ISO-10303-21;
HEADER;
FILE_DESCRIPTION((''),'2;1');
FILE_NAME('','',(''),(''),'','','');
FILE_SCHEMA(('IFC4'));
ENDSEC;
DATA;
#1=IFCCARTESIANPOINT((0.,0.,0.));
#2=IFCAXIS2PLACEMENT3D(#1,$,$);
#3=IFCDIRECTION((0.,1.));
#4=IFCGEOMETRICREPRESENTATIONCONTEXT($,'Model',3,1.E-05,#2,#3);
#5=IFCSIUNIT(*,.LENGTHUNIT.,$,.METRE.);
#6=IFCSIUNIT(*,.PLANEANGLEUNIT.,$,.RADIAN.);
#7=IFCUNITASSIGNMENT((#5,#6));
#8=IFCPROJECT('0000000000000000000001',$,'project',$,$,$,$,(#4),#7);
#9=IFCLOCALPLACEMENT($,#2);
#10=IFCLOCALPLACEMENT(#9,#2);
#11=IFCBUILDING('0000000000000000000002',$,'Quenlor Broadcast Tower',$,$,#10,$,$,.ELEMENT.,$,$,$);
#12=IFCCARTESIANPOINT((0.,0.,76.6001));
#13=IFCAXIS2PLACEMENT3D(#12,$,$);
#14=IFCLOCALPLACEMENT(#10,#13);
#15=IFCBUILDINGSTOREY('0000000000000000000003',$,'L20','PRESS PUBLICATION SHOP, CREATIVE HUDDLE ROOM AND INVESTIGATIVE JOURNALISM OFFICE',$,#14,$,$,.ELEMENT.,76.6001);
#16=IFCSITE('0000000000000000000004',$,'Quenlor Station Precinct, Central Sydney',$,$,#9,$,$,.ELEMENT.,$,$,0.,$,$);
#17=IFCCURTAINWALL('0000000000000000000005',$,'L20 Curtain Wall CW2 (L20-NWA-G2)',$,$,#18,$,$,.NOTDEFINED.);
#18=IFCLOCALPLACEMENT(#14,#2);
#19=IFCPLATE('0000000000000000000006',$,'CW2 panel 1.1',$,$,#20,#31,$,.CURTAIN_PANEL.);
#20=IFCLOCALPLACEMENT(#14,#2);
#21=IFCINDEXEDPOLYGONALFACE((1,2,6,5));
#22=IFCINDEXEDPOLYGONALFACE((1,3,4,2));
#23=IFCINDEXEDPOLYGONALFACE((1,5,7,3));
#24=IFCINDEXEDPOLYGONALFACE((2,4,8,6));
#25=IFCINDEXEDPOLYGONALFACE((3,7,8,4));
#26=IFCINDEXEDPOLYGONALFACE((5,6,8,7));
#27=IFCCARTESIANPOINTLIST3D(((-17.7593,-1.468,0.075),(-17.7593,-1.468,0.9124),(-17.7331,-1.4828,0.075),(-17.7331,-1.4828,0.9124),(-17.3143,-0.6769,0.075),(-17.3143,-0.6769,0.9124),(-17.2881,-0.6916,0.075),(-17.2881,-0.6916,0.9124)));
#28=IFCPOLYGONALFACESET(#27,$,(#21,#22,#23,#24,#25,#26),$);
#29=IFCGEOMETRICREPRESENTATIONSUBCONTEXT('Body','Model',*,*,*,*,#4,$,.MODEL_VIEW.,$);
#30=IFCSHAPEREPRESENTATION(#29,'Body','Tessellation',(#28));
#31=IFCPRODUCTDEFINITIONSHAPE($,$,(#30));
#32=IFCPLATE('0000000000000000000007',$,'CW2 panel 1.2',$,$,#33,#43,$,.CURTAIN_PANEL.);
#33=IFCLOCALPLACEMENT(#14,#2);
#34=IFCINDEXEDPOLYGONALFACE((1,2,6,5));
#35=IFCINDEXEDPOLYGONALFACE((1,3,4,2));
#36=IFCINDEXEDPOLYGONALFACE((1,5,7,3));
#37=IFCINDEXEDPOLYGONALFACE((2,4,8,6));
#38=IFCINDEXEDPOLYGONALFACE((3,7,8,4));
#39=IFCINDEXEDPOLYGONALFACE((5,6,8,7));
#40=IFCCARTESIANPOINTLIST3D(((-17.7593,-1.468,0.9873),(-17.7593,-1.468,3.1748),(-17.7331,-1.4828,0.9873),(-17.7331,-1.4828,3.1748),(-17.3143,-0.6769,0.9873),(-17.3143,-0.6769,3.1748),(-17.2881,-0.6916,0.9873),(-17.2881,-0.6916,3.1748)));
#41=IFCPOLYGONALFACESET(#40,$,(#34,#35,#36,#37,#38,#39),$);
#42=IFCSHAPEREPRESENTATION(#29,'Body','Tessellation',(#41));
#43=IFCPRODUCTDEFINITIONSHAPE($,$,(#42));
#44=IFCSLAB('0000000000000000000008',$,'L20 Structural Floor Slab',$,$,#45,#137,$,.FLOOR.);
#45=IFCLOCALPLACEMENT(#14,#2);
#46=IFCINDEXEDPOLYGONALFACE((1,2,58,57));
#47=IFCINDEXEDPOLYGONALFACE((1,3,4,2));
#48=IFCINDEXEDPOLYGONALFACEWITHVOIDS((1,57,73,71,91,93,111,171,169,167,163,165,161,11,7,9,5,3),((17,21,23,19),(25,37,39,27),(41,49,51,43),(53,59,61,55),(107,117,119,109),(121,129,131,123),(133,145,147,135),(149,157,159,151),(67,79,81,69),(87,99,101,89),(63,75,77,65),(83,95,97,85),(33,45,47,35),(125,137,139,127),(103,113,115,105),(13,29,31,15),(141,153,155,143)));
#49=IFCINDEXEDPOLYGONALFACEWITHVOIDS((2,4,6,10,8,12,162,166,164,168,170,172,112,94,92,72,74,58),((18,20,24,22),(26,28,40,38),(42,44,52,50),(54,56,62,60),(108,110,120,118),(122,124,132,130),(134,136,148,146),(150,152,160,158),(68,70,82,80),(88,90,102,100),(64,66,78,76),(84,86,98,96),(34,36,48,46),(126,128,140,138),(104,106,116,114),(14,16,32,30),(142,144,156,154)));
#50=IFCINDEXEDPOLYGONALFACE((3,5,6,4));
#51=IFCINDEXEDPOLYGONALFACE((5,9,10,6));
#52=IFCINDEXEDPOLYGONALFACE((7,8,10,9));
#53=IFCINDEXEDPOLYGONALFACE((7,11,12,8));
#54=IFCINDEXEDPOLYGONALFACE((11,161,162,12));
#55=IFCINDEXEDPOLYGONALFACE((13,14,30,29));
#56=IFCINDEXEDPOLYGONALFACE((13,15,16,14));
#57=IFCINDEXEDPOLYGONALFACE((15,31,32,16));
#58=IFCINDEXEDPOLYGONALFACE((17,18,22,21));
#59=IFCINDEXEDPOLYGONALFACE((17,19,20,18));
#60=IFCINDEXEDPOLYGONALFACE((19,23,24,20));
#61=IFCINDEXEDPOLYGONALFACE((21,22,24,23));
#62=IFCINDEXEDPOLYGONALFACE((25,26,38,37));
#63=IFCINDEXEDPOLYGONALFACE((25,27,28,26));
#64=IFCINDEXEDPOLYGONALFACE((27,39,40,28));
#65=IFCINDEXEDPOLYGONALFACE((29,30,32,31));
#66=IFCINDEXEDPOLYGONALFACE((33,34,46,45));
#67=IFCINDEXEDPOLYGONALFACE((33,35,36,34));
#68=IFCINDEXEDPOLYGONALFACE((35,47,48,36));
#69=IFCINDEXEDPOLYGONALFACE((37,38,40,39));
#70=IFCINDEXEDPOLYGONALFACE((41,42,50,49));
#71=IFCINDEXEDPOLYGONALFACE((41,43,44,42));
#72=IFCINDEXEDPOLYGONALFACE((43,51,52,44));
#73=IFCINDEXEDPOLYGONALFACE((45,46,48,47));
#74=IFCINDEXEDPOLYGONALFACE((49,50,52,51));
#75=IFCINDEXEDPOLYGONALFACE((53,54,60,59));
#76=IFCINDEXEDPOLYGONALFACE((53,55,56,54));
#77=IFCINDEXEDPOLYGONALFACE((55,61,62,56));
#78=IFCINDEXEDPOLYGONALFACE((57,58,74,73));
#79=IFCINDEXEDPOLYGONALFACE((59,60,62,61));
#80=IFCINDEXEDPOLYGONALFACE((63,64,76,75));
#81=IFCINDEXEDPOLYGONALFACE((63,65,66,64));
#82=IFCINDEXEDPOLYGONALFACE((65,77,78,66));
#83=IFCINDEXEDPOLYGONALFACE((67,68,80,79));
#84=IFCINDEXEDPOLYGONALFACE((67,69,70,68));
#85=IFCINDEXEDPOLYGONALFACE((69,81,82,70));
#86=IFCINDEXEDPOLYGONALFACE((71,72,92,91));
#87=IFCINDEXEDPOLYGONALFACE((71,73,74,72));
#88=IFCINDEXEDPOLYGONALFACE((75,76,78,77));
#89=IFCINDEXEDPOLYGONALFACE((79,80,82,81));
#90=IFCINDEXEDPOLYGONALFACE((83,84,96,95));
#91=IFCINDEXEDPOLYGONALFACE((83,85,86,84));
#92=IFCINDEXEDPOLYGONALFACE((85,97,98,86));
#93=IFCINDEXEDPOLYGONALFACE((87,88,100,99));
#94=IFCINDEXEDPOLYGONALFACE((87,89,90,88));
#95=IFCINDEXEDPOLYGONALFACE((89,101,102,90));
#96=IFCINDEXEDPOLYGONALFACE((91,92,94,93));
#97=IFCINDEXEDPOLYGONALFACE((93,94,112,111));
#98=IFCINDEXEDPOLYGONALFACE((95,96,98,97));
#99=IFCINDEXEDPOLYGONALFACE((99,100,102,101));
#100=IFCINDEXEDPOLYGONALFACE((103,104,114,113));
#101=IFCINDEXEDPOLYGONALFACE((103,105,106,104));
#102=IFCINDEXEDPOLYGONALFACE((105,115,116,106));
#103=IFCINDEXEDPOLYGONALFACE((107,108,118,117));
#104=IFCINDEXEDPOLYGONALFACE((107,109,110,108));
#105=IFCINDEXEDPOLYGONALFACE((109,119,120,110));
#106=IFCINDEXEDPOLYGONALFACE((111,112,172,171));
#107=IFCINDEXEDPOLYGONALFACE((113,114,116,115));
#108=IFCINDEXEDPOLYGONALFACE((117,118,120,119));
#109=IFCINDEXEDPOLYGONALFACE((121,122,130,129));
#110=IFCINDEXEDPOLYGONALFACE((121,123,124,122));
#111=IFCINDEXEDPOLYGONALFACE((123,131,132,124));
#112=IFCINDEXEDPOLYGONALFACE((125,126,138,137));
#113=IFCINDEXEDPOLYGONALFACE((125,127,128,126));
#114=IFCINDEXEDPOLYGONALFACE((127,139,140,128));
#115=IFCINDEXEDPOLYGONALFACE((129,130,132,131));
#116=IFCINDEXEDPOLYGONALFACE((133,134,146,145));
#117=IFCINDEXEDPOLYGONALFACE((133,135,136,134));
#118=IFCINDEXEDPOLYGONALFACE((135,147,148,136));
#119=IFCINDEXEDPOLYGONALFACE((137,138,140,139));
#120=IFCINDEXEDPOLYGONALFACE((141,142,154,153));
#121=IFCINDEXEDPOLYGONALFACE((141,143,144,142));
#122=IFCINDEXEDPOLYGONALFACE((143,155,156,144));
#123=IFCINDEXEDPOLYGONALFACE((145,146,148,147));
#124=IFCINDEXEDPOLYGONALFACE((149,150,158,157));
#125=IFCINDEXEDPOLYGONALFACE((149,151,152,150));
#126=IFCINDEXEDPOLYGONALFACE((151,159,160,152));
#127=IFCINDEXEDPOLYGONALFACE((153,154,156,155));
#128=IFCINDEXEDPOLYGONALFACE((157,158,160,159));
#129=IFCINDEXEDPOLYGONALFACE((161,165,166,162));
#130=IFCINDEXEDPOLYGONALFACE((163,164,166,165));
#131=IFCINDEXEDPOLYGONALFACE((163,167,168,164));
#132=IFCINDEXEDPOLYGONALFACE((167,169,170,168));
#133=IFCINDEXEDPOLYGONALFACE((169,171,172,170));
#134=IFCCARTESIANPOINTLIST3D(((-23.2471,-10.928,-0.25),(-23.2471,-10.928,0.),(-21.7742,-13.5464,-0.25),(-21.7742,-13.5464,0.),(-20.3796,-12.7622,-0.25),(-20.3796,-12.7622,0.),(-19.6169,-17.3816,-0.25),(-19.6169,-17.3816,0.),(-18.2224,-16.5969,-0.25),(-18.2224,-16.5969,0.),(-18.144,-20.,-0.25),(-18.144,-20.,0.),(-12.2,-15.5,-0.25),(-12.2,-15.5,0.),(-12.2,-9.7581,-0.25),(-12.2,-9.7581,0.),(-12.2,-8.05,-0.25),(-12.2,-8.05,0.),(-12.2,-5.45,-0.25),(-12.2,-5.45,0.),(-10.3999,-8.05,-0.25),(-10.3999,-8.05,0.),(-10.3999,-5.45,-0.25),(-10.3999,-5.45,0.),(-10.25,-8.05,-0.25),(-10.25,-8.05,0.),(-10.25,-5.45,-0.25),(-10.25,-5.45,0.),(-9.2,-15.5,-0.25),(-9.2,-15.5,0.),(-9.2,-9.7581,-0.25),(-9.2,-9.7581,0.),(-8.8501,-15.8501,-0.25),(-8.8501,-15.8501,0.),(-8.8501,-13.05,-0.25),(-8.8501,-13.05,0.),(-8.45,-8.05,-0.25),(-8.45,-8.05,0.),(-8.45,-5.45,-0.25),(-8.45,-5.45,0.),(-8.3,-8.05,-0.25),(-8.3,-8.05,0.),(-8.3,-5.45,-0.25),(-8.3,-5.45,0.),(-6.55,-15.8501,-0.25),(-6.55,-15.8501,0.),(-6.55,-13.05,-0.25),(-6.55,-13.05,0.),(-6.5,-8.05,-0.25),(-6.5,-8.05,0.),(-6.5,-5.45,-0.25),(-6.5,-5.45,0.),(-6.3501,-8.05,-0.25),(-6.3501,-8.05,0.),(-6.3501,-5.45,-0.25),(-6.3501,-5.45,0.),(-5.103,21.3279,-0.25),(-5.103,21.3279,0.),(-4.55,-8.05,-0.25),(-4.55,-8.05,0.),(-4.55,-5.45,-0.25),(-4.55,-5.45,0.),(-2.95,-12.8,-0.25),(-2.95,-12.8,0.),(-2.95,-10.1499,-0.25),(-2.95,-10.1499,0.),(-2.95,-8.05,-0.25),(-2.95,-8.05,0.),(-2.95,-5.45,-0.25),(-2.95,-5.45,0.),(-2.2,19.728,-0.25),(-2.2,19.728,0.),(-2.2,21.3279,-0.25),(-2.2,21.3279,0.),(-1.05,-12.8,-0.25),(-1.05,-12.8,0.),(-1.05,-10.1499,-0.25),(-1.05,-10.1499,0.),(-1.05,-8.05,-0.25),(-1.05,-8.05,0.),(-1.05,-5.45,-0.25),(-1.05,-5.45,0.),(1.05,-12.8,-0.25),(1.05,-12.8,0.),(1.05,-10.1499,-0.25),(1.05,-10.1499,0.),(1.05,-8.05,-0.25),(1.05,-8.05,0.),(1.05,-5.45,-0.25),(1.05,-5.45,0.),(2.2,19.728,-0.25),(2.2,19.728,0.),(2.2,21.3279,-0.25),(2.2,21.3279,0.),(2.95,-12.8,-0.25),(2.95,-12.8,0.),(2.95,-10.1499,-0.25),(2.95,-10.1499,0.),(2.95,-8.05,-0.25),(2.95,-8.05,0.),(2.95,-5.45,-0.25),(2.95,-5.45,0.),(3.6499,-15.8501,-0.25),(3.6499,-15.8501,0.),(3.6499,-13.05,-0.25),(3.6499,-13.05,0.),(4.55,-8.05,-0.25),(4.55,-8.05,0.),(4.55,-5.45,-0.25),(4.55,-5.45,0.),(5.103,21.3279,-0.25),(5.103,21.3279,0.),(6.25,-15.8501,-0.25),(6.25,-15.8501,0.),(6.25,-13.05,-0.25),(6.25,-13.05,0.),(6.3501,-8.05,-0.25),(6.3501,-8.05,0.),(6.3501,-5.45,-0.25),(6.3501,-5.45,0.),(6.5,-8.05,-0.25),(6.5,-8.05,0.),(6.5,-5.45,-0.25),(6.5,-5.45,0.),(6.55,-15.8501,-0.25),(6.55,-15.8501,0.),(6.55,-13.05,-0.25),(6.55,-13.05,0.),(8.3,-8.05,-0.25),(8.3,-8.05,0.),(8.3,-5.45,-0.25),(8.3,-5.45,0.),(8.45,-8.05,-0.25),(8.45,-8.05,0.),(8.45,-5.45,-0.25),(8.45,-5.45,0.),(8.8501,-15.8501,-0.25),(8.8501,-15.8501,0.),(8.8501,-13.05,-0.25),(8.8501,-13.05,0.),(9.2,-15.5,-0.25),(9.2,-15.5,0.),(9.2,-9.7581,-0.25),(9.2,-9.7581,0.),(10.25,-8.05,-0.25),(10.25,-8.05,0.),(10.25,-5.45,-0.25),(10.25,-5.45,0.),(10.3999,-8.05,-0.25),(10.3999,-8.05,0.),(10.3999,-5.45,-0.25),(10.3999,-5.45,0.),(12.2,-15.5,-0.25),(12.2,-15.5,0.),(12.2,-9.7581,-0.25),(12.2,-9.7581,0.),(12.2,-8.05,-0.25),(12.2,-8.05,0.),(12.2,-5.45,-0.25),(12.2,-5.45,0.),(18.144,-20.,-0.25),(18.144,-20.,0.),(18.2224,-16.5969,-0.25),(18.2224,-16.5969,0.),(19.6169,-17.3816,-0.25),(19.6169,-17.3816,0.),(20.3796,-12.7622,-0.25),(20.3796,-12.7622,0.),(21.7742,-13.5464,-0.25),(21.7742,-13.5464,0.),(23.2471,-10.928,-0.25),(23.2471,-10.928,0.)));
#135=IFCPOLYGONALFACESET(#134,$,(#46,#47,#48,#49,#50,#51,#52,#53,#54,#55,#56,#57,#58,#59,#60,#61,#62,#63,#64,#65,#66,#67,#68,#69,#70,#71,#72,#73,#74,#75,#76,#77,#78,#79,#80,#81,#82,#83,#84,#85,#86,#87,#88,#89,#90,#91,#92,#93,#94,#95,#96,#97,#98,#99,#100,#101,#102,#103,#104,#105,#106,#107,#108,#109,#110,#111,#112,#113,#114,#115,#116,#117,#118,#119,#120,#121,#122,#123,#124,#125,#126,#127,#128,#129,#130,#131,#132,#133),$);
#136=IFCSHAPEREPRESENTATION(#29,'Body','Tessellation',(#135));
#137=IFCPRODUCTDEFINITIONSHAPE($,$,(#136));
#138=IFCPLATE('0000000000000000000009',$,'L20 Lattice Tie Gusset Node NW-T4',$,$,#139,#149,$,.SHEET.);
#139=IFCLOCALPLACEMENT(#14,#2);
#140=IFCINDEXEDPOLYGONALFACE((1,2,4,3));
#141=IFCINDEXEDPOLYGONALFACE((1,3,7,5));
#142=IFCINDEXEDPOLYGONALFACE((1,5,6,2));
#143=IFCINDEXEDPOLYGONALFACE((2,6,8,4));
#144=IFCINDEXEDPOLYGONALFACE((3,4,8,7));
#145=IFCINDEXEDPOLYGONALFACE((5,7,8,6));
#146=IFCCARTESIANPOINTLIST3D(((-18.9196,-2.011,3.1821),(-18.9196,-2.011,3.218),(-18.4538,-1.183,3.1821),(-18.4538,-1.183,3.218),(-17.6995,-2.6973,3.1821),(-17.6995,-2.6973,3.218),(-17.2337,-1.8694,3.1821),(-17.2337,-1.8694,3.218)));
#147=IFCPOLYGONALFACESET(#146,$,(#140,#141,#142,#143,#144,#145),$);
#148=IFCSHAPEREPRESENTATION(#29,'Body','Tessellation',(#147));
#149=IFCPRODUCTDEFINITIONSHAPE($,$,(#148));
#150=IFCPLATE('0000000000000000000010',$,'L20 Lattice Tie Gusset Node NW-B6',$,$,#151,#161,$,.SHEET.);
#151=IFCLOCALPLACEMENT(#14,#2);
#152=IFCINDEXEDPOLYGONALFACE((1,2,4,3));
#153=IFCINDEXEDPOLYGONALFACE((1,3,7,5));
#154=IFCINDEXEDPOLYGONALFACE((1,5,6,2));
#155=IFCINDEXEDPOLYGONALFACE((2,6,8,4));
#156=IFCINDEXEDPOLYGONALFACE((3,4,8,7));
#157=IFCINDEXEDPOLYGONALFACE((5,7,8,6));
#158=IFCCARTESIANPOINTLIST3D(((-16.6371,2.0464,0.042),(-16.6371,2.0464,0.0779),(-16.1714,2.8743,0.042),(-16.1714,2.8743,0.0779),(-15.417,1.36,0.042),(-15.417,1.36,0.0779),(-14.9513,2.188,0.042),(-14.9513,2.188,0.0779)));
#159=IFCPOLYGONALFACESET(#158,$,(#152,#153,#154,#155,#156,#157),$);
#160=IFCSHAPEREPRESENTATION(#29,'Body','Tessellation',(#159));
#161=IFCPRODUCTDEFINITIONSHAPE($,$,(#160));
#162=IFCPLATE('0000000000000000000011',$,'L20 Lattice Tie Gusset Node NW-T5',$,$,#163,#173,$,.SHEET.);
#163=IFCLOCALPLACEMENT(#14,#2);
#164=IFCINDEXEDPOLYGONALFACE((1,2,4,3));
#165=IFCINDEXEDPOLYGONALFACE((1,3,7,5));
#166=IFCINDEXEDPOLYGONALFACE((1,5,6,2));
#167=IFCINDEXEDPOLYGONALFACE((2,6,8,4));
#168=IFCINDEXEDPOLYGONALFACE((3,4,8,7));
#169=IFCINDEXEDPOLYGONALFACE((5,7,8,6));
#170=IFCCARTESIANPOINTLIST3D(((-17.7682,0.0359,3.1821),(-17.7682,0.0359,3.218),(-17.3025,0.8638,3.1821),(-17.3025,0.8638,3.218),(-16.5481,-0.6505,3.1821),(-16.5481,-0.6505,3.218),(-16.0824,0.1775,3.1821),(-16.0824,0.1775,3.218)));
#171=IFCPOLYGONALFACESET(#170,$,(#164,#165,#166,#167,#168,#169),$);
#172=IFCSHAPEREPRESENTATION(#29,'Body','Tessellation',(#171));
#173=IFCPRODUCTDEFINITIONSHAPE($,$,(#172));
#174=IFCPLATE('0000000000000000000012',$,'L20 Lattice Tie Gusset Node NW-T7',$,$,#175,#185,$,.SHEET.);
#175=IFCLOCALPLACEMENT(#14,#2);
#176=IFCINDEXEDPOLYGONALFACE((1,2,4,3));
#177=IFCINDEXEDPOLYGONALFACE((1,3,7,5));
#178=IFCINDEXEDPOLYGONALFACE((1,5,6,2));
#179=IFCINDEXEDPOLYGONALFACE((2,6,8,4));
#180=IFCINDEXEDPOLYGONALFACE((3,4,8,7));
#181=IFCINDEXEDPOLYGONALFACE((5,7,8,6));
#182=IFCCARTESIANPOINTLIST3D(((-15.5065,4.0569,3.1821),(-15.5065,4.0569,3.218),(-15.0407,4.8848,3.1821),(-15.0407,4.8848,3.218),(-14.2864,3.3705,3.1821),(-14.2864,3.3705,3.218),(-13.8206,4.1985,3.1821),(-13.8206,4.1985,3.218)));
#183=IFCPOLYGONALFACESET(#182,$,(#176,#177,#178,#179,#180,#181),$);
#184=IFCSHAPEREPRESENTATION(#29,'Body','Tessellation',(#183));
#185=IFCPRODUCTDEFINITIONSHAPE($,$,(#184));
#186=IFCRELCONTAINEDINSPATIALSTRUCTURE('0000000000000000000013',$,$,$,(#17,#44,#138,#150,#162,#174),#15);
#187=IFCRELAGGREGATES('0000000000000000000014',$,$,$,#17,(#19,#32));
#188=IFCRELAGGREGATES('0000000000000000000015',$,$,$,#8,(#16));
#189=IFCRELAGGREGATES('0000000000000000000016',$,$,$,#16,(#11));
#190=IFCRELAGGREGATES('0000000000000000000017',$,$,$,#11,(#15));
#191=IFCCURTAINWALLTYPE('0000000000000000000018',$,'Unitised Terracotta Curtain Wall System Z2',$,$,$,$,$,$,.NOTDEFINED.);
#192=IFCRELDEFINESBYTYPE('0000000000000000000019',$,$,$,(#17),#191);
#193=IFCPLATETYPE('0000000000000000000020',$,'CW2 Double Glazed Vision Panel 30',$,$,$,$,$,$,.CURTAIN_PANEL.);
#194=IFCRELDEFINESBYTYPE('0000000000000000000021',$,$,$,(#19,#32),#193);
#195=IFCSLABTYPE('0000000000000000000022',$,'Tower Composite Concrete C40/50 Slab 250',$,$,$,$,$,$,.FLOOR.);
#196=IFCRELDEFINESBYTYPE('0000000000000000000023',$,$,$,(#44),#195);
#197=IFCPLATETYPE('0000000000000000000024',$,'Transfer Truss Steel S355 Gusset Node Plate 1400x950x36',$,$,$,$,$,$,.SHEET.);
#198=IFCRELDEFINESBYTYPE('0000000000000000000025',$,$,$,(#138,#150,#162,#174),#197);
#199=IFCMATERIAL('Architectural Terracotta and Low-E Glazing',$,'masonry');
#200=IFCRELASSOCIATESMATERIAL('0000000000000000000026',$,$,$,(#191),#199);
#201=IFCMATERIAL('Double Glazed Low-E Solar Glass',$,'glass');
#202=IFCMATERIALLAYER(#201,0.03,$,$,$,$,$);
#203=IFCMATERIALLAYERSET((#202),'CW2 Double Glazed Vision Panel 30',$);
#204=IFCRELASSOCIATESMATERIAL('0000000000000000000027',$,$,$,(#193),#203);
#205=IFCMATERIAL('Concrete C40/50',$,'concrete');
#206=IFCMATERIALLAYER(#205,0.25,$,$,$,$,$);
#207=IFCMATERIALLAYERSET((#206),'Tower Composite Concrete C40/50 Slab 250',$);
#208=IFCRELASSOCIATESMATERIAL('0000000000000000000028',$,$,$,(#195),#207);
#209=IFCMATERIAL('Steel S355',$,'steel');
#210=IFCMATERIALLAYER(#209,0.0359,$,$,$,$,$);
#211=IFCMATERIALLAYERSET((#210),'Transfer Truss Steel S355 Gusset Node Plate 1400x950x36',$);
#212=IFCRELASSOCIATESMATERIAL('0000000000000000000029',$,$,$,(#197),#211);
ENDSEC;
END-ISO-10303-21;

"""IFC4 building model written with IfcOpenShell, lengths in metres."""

from ifc_helpers import new_model, si_unit, direction, frame, origin, origin_2d, place, context, subcontext, project, spatial, polyline, rectangle, outline, extrude, material, layer, layer_set, type_object, element, aggregate, save


model = new_model("IFC4")

# Units and contexts
model_context = context("Model", 3, precision=1e-05, world=origin(), true_north=direction((0.0, 1.0)))
body_context = subcontext(model_context, "Body", "Model", "MODEL_VIEW")
ifc_project = project(units=[si_unit("LENGTHUNIT", "METRE"), si_unit("PLANEANGLEUNIT", "RADIAN")], contexts=[model_context])

# Site, building, storey
site_placement = place(None, origin())
site = spatial("IfcSite", under=ifc_project, at=site_placement, Name="Quenlor Station Precinct, Central Sydney", CompositionType="ELEMENT", RefElevation=0.0)
building_placement = place(site_placement, origin())
building = spatial("IfcBuilding", under=site, at=building_placement, Name="Quenlor Broadcast Tower", CompositionType="ELEMENT")
storey_placement = place(building_placement, frame((0.0, 0.0, 76.6001)))
storey = spatial("IfcBuildingStorey", under=building, at=storey_placement, Name="L20", Description="PRESS PUBLICATION SHOP, CREATIVE HUDDLE ROOM AND INVESTIGATIVE JOURNALISM OFFICE", CompositionType="ELEMENT", Elevation=76.6001)

# Curtain wall
ifc_material_1 = material(Name="Architectural Terracotta and Low-E Glazing", Category="masonry")
curtain_wall_type = type_object("IfcCurtainWallType", Name="Unitised Terracotta Curtain Wall System Z2", PredefinedType="NOTDEFINED", material=ifc_material_1)
curtain_wall_placement = place(storey_placement, origin())
curtain_wall = element("IfcCurtainWall", 1, at=curtain_wall_placement, inside=storey, type_object=curtain_wall_type, Name="L20 Curtain Wall CW2 (L20-NWA-G2)", PredefinedType="NOTDEFINED")

# Plates
ifc_material_2 = material(Name="Double Glazed Low-E Solar Glass", Category="glass")
ifc_layer_1 = layer(ifc_material_2, 0.03)
ifc_layer_set_1 = layer_set([ifc_layer_1], Name="CW2 Double Glazed Vision Panel 30")
plate_type_1 = type_object("IfcPlateType", Name="CW2 Double Glazed Vision Panel 30", PredefinedType="CURTAIN_PANEL", material=ifc_layer_set_1)
plate_1_placement = place(storey_placement, frame((-17.5237, -1.0798, 0.075), z_axis=(0.0, 0.0, 1.0), x_axis=(0.490252, 0.871581, 0.0)))
plate_1 = element("IfcPlate", 2, at=plate_1_placement, type_object=plate_type_1, Name="CW2 panel 1.1", PredefinedType="CURTAIN_PANEL", context=body_context, shape_type="SweptSolid", body=[
    extrude(rectangle(XDim=0.9077, YDim=0.03, at=origin_2d()), origin(), (0.0, 0.0, 1.0), 0.8374),
])
plate_2_placement = place(storey_placement, frame((-17.5237, -1.0798, 0.9873), z_axis=(0.0, 0.0, 1.0), x_axis=(0.490252, 0.871581, 0.0)))
plate_2 = element("IfcPlate", 3, at=plate_2_placement, type_object=plate_type_1, Name="CW2 panel 1.2", PredefinedType="CURTAIN_PANEL", context=body_context, shape_type="SweptSolid", body=[
    extrude(rectangle(XDim=0.9077, YDim=0.03, at=origin_2d()), origin(), (0.0, 0.0, 1.0), 2.1875),
])
aggregate(curtain_wall, [plate_1, plate_2])

# Slab
ifc_material_3 = material(Name="Concrete C40/50", Category="concrete")
ifc_layer_2 = layer(ifc_material_3, 0.25)
ifc_layer_set_2 = layer_set([ifc_layer_2], Name="Tower Composite Concrete C40/50 Slab 250")
slab_type = type_object("IfcSlabType", Name="Tower Composite Concrete C40/50 Slab 250", PredefinedType="FLOOR", material=ifc_layer_set_2)
slab_placement = place(storey_placement, frame((0.0, 0.0, -0.25)))
element("IfcSlab", 4, at=slab_placement, inside=storey, type_object=slab_type, Name="L20 Structural Floor Slab", PredefinedType="FLOOR", context=body_context, shape_type="SweptSolid", body=[
    extrude(outline(polyline([(18.144, -20.0), (19.6169, -17.3816), (18.2224, -16.5969), (20.3796, -12.7622), (21.7742, -13.5464), (23.2471, -10.928), (5.103, 21.3279), (2.2, 21.3279), (2.2, 19.728), (-2.2, 19.728), (-2.2, 21.3279), (-5.103, 21.3279), (-23.2471, -10.928), (-21.7742, -13.5464), (-20.3796, -12.7622), (-18.2224, -16.5969), (-19.6169, -17.3816), (-18.144, -20.0), (18.144, -20.0)]), holes=[polyline([(-12.2, -9.7581), (-12.2, -15.5), (-9.2, -15.5), (-9.2, -9.7581), (-12.2, -9.7581)]), polyline([(9.2, -9.7581), (9.2, -15.5), (12.2, -15.5), (12.2, -9.7581), (9.2, -9.7581)]), polyline([(-12.2, -8.05), (-10.3999, -8.05), (-10.3999, -5.45), (-12.2, -5.45), (-12.2, -8.05)]), polyline([(-10.25, -8.05), (-8.45, -8.05), (-8.45, -5.45), (-10.25, -5.45), (-10.25, -8.05)]), polyline([(-8.3, -8.05), (-6.5, -8.05), (-6.5, -5.45), (-8.3, -5.45), (-8.3, -8.05)]), polyline([(-6.3501, -8.05), (-4.55, -8.05), (-4.55, -5.45), (-6.3501, -5.45), (-6.3501, -8.05)]), polyline([(-2.95, -8.05), (-1.05, -8.05), (-1.05, -5.45), (-2.95, -5.45), (-2.95, -8.05)]), polyline([(1.05, -8.05), (2.95, -8.05), (2.95, -5.45), (1.05, -5.45), (1.05, -8.05)]), polyline([(-2.95, -12.8), (-1.05, -12.8), (-1.05, -10.1499), (-2.95, -10.1499), (-2.95, -12.8)]), polyline([(1.05, -12.8), (2.95, -12.8), (2.95, -10.1499), (1.05, -10.1499), (1.05, -12.8)]), polyline([(4.55, -8.05), (6.3501, -8.05), (6.3501, -5.45), (4.55, -5.45), (4.55, -8.05)]), polyline([(6.5, -8.05), (8.3, -8.05), (8.3, -5.45), (6.5, -5.45), (6.5, -8.05)]), polyline([(8.45, -8.05), (10.25, -8.05), (10.25, -5.45), (8.45, -5.45), (8.45, -8.05)]), polyline([(10.3999, -8.05), (12.2, -8.05), (12.2, -5.45), (10.3999, -5.45), (10.3999, -8.05)]), polyline([(-8.8501, -15.8501), (-6.55, -15.8501), (-6.55, -13.05), (-8.8501, -13.05), (-8.8501, -15.8501)]), polyline([(6.55, -15.8501), (8.8501, -15.8501), (8.8501, -13.05), (6.55, -13.05), (6.55, -15.8501)]), polyline([(3.6499, -15.8501), (6.25, -15.8501), (6.25, -13.05), (3.6499, -13.05), (3.6499, -15.8501)])]), origin(), (0.0, 0.0, 1.0), 0.25),
])

# Plates
ifc_material_4 = material(Name="Steel S355", Category="steel")
ifc_layer_3 = layer(ifc_material_4, 0.0359)
ifc_layer_set_3 = layer_set([ifc_layer_3], Name="Transfer Truss Steel S355 Gusset Node Plate 1400x950x36")
plate_type_2 = type_object("IfcPlateType", Name="Transfer Truss Steel S355 Gusset Node Plate 1400x950x36", PredefinedType="SHEET", material=ifc_layer_set_3)
for number, where, z_axis, x_axis, name in (
    (5, (-18.0767, -1.9402, 3.1821), (0.0, 0.0, 1.0), (-0.871556, 0.490295, 0.0), "L20 Lattice Tie Gusset Node NW-T4"),
    (6, (-15.7942, 2.1172, 0.042), (0.0, 0.0, 1.0), (-0.871556, 0.490295, 0.0), "L20 Lattice Tie Gusset Node NW-B6"),
    (7, (-16.9253, 0.1067, 3.1821), (0.0, 0.0, 1.0), (-0.871556, 0.490295, 0.0), "L20 Lattice Tie Gusset Node NW-T5"),
    (8, (-14.6636, 4.1277, 3.1821), (0.0, 0.0, 1.0), (-0.871556, 0.490295, 0.0), "L20 Lattice Tie Gusset Node NW-T7"),
):
    element("IfcPlate", number, at=place(storey_placement, frame(where, z_axis=z_axis, x_axis=x_axis)), inside=storey, type_object=plate_type_2, Name=name, PredefinedType="SHEET", context=body_context, shape_type="SweptSolid", body=[
        extrude(rectangle(XDim=1.3999, YDim=0.95, at=origin_2d()), origin(), (0.0, 0.0, 1.0), 0.0359),
    ])

save(model, "model.ifc")
